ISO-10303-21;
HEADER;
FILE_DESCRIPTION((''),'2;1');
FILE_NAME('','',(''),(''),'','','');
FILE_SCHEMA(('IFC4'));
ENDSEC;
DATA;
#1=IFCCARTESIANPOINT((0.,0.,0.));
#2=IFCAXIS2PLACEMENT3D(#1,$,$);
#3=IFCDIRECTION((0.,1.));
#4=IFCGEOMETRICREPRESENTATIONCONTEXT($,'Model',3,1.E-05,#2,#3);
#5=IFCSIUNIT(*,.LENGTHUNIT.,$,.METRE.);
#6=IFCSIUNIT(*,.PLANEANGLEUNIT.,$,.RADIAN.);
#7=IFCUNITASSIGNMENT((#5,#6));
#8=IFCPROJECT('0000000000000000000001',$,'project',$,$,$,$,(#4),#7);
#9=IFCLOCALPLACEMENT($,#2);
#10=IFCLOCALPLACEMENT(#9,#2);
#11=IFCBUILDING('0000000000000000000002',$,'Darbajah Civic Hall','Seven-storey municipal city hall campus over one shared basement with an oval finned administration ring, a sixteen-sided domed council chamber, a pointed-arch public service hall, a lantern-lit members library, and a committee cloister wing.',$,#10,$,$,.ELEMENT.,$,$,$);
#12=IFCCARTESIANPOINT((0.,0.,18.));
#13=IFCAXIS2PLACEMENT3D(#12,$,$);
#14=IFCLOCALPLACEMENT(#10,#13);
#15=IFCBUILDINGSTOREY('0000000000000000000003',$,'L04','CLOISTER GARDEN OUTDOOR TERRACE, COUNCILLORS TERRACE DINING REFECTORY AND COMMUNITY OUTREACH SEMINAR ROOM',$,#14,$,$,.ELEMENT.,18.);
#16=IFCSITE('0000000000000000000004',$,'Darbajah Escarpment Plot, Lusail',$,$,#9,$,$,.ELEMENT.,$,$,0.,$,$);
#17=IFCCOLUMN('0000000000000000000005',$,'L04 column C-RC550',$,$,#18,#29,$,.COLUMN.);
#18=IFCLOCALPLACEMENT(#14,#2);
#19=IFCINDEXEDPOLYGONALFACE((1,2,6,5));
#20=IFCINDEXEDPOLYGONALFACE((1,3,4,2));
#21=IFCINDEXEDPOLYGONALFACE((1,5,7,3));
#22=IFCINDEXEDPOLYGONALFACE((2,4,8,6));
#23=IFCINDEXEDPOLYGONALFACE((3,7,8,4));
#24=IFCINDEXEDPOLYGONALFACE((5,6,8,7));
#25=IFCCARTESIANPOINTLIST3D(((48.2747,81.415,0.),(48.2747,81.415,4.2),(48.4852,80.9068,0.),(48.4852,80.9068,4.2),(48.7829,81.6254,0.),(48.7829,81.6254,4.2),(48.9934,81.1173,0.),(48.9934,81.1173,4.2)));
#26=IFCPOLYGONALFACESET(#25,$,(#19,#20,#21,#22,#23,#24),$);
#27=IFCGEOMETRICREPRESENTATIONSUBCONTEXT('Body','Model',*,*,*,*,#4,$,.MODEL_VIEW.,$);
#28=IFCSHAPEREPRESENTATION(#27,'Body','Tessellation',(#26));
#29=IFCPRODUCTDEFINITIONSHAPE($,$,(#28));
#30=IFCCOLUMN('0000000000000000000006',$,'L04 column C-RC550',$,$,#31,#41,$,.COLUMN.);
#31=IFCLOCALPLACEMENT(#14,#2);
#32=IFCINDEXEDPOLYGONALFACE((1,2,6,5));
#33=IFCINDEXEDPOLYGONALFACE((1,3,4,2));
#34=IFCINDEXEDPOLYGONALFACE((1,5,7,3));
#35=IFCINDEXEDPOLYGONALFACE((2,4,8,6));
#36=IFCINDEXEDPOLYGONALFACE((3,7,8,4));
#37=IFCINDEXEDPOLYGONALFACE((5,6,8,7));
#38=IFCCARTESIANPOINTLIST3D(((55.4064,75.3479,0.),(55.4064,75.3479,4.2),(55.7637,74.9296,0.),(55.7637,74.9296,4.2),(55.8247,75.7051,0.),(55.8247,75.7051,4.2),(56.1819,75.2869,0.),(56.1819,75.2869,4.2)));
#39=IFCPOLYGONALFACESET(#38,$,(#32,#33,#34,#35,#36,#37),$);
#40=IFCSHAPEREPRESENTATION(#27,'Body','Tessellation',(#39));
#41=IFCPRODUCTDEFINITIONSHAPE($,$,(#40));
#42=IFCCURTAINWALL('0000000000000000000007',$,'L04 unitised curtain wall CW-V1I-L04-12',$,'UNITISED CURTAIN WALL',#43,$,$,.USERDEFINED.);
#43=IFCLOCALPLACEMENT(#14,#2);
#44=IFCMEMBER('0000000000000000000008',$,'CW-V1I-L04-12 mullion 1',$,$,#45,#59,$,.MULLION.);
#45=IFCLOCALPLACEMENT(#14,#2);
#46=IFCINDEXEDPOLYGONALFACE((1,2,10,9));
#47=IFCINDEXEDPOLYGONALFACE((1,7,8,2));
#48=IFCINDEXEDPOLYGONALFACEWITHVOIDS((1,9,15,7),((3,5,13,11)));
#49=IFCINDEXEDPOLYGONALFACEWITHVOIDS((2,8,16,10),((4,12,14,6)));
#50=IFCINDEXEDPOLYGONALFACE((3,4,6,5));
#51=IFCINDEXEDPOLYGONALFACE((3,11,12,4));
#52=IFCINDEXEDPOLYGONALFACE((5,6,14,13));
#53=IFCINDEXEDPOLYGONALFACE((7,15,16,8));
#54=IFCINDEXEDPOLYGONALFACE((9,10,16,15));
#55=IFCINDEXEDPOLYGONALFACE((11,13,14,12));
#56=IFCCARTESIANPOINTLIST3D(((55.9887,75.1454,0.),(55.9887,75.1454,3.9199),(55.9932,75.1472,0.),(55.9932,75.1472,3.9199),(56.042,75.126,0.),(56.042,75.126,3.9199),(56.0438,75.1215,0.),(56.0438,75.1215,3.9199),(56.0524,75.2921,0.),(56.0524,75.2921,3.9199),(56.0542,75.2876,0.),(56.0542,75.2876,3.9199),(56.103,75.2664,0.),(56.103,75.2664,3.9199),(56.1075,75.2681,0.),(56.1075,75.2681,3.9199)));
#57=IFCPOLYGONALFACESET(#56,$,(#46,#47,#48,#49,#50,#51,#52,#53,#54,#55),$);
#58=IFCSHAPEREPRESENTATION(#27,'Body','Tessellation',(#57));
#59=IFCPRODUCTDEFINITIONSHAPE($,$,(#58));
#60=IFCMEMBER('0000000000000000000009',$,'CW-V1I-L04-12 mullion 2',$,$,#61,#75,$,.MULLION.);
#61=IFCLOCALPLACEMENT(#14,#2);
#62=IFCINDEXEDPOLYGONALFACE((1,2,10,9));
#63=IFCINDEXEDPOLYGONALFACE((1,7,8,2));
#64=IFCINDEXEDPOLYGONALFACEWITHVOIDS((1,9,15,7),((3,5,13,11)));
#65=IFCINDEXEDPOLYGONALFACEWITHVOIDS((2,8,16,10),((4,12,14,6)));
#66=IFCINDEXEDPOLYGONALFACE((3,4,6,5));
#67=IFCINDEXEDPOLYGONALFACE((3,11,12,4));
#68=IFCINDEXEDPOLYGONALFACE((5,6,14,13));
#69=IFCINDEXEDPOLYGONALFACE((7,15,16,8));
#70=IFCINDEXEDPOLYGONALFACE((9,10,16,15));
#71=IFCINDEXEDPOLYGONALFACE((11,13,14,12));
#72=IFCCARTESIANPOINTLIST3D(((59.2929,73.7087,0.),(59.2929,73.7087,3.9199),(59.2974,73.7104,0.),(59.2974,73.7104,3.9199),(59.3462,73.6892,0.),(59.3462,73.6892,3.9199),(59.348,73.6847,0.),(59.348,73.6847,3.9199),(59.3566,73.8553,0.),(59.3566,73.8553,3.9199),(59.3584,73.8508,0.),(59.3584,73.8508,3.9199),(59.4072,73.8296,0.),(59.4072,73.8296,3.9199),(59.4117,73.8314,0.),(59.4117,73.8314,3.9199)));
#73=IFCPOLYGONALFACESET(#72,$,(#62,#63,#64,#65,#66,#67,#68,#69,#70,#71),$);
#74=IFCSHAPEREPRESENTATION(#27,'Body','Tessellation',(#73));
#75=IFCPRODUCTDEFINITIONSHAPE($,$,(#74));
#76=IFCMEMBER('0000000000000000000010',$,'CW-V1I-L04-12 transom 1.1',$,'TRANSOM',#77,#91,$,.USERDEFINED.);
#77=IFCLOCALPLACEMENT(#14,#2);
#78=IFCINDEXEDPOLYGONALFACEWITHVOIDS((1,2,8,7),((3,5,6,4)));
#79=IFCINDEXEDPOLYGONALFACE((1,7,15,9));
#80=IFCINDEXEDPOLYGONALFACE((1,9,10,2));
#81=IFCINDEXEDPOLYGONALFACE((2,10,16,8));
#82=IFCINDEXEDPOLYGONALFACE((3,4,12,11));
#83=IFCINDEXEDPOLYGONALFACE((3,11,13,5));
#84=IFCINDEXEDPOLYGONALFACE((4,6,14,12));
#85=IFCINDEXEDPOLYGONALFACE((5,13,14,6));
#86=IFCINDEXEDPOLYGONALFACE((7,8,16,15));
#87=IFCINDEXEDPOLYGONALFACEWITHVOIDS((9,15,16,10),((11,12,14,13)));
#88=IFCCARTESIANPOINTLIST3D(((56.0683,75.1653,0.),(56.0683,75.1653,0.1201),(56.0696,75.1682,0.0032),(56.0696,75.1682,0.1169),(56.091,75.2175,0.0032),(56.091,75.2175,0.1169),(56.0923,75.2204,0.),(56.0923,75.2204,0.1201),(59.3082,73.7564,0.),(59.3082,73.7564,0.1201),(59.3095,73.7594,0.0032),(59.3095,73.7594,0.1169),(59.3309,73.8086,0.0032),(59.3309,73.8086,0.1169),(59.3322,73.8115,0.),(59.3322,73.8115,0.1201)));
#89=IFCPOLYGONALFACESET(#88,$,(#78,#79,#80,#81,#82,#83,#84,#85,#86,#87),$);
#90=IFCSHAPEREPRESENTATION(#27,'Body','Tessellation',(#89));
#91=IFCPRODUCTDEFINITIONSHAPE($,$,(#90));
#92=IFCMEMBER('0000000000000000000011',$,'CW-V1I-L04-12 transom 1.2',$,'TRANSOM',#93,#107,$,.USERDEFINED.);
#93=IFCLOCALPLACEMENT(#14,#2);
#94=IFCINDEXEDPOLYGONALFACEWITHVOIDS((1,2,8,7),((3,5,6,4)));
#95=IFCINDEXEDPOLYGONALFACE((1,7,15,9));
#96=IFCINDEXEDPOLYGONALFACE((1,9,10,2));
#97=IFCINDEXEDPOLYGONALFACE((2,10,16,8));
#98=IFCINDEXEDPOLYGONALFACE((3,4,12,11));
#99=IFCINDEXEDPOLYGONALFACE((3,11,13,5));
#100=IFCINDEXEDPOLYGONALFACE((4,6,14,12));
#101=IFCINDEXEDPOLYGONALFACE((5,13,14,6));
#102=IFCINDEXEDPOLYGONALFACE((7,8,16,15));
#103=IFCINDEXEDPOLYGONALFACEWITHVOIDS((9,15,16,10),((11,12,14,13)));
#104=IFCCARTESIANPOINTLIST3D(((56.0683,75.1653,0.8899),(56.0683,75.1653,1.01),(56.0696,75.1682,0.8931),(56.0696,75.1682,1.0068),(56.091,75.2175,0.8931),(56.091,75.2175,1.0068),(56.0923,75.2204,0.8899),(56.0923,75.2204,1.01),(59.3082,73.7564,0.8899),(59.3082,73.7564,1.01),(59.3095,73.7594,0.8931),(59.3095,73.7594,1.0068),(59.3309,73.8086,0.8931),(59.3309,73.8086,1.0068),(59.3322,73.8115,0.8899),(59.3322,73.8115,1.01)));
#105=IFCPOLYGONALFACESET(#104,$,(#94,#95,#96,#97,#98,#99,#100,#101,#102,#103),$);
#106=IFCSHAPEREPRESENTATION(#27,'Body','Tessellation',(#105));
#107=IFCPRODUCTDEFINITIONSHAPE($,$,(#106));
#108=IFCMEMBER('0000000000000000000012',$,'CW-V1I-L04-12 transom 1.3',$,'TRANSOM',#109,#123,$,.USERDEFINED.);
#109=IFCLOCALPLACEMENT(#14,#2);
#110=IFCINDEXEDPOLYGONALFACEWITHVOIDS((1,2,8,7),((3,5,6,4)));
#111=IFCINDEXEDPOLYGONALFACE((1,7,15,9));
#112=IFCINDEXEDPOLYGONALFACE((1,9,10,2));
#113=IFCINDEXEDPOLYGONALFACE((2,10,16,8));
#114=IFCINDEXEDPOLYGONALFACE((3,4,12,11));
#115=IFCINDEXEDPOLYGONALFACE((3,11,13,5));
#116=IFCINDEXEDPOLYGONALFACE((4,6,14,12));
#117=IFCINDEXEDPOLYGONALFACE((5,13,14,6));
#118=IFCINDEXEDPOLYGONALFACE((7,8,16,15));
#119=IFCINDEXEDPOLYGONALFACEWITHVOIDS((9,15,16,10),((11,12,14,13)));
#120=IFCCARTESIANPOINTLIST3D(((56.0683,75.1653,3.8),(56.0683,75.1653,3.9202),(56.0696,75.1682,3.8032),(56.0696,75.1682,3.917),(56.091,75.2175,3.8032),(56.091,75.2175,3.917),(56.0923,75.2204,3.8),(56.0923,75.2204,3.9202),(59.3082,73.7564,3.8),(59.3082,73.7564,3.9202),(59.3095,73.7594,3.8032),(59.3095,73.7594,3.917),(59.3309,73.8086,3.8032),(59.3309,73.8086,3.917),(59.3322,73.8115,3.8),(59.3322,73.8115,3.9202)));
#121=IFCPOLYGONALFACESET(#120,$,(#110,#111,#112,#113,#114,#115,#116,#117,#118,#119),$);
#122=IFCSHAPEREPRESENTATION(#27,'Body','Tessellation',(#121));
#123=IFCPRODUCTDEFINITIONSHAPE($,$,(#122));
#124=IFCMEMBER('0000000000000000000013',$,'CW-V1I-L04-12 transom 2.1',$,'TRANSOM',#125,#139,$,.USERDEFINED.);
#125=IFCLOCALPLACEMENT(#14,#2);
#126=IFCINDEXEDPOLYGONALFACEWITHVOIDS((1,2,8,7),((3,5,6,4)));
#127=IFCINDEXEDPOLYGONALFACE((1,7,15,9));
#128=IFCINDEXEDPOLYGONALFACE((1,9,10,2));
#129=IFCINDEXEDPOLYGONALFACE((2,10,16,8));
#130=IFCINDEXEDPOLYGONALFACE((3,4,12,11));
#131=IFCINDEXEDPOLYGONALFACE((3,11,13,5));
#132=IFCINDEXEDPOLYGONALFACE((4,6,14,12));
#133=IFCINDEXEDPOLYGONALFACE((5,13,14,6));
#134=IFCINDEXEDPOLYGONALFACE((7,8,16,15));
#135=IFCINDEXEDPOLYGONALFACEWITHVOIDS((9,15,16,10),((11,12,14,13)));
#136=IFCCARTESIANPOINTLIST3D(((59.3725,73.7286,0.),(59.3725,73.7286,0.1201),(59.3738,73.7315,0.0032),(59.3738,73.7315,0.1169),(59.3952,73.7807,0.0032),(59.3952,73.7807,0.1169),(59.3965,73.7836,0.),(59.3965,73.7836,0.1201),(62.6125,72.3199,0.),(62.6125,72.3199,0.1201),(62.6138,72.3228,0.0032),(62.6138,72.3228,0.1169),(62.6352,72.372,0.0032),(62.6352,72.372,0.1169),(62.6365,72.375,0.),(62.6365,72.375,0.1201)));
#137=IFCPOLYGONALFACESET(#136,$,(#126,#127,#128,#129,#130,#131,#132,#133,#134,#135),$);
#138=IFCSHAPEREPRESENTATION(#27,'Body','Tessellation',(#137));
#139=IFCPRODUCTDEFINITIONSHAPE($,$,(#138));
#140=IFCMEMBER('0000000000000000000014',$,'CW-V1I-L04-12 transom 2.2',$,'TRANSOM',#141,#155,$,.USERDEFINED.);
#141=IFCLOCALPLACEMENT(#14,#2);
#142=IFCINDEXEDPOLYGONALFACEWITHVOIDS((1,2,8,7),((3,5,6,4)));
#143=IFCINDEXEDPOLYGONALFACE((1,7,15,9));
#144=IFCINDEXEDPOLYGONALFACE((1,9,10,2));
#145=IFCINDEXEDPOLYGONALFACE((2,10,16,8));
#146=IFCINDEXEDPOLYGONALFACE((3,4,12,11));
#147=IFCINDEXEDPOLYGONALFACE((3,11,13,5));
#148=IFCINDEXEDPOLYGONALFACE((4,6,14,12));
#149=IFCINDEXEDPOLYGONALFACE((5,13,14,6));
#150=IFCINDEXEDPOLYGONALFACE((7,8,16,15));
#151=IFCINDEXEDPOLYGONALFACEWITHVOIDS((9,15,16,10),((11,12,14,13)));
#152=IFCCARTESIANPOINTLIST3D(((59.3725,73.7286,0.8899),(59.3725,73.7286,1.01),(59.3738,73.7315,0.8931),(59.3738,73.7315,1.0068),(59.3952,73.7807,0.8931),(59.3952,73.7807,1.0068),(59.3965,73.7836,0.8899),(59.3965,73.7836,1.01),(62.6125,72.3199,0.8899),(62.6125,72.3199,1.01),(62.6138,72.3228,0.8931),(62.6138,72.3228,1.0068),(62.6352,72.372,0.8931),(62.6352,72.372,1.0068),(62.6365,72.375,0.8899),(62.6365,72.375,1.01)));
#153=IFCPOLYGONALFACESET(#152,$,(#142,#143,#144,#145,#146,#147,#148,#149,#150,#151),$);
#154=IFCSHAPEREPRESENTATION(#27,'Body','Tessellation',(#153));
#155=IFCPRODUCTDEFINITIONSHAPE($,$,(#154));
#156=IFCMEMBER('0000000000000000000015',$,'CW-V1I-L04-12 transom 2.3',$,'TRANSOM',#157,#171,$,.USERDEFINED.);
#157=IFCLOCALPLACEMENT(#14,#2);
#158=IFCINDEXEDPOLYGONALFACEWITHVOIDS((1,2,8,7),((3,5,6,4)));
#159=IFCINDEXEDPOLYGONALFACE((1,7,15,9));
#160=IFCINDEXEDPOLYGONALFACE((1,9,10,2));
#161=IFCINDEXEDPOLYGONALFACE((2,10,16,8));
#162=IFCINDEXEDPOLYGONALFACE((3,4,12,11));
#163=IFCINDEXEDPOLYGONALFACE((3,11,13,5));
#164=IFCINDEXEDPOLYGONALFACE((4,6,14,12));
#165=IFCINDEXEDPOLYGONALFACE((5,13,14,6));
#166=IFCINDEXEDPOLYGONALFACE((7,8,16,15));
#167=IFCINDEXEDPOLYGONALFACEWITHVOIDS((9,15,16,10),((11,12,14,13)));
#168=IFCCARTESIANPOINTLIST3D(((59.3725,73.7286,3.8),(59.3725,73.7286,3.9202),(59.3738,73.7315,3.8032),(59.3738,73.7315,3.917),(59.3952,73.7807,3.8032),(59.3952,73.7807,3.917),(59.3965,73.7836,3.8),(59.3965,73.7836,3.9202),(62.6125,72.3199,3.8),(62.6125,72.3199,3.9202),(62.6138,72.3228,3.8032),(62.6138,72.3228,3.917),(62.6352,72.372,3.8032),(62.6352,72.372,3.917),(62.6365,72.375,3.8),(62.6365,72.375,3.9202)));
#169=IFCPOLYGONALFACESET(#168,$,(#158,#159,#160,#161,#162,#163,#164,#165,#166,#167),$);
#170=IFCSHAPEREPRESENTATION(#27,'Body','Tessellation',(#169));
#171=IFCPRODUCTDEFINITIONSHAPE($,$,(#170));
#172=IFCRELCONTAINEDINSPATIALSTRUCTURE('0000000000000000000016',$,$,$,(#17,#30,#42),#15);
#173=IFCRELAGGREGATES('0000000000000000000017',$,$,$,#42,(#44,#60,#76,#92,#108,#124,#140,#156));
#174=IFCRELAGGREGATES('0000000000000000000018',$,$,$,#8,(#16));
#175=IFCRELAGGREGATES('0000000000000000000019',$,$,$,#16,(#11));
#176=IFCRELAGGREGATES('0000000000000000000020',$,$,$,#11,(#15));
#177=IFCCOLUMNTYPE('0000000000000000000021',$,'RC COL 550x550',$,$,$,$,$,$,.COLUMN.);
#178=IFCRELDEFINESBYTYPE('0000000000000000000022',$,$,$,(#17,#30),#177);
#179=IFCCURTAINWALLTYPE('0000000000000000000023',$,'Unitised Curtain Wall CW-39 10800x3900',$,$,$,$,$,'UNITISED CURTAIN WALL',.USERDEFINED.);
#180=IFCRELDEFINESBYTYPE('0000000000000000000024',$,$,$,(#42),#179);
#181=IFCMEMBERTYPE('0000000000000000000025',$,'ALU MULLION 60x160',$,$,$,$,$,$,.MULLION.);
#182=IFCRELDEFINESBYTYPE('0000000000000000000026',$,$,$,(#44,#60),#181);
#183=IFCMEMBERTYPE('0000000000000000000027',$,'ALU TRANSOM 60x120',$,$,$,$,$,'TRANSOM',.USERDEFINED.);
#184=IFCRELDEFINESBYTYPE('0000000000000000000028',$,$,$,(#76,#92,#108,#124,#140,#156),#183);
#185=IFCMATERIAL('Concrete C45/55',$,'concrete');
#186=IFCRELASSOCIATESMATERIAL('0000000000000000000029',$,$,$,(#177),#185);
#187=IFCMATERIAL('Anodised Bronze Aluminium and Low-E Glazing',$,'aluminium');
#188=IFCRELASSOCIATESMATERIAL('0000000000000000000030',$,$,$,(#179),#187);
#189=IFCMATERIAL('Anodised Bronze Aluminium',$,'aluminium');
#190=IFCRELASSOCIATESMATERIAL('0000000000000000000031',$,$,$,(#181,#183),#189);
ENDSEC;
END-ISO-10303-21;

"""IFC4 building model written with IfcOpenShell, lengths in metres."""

from ifc_helpers import new_model, si_unit, direction, frame, origin, origin_2d, place, context, subcontext, project, spatial, rectangle, hollow_rectangle, extrude, material, material_profile, profile_set, type_object, element, aggregate, save


model = new_model("IFC4")

# Units and contexts
model_context = context("Model", 3, precision=1e-05, world=origin(), true_north=direction((0.0, 1.0)))
body_context = subcontext(model_context, "Body", "Model", "MODEL_VIEW")
ifc_project = project(units=[si_unit("LENGTHUNIT", "METRE"), si_unit("PLANEANGLEUNIT", "RADIAN")], contexts=[model_context])

# Site, building, storey
site_placement = place(None, origin())
site = spatial("IfcSite", under=ifc_project, at=site_placement, Name="Darbajah Escarpment Plot, Lusail", CompositionType="ELEMENT", RefElevation=0.0)
building_placement = place(site_placement, origin())
building = spatial("IfcBuilding", under=site, at=building_placement, Name="Darbajah Civic Hall", Description="Seven-storey municipal city hall campus over one shared basement with an oval finned administration ring, a sixteen-sided domed council chamber, a pointed-arch public service hall, a lantern-lit members library, and a committee cloister wing.", CompositionType="ELEMENT")
storey_placement = place(building_placement, frame((0.0, 0.0, 18.0)))
storey = spatial("IfcBuildingStorey", under=building, at=storey_placement, Name="L04", Description="CLOISTER GARDEN OUTDOOR TERRACE, COUNCILLORS TERRACE DINING REFECTORY AND COMMUNITY OUTREACH SEMINAR ROOM", CompositionType="ELEMENT", Elevation=18.0)

# Columns
ifc_material_1 = material(Name="Concrete C45/55", Category="concrete")
ifc_material_profile_1 = material_profile(ifc_material_1, rectangle(XDim=0.55, YDim=0.55, at=origin_2d()), Name="RC COL 550x550")
ifc_profile_set_1 = profile_set([ifc_material_profile_1], Name="Concrete C45/55")
column_type = type_object("IfcColumnType", Name="RC COL 550x550", PredefinedType="COLUMN", material=ifc_profile_set_1)
for number, where, z_axis, x_axis, name in (
    (1, (48.634, 81.2661, 0.0), (0.0, 0.0, 1.0), (-0.92388, -0.382683, 0.0), "L04 column C-RC550"),
    (2, (55.7942, 75.3174, 0.0), (0.0, 0.0, 1.0), (-0.760406, -0.649448, 0.0), "L04 column C-RC550"),
):
    element("IfcColumn", number, at=place(storey_placement, frame(where, z_axis=z_axis, x_axis=x_axis)), inside=storey, type_object=column_type, Name=name, PredefinedType="COLUMN", context=body_context, shape_type="SweptSolid", body=[
        extrude(rectangle(XDim=0.55, YDim=0.55, at=origin_2d()), origin(), (0.0, 0.0, 1.0), 4.2),
    ])

# Curtain wall, members
ifc_material_2 = material(Name="Anodised Bronze Aluminium and Low-E Glazing", Category="aluminium")
curtain_wall_type = type_object("IfcCurtainWallType", Name="Unitised Curtain Wall CW-39 10800x3900", ElementType="UNITISED CURTAIN WALL", PredefinedType="USERDEFINED", material=ifc_material_2)
curtain_wall_placement = place(storey_placement, origin())
curtain_wall = element("IfcCurtainWall", 3, at=curtain_wall_placement, inside=storey, type_object=curtain_wall_type, Name="L04 unitised curtain wall CW-V1I-L04-12", ObjectType="UNITISED CURTAIN WALL", PredefinedType="USERDEFINED")
ifc_material_3 = material(Name="Anodised Bronze Aluminium", Category="aluminium")
ifc_material_profile_2 = material_profile(ifc_material_3, hollow_rectangle(XDim=0.0601, YDim=0.1599, WallThickness=0.0034, at=origin_2d()), Name="ALU MULLION 60x160")
ifc_profile_set_2 = profile_set([ifc_material_profile_2], Name="Anodised Bronze Aluminium")
member_type_1 = type_object("IfcMemberType", Name="ALU MULLION 60x160", PredefinedType="MULLION", material=ifc_profile_set_2)
member_1_placement = place(storey_placement, frame((56.0481, 75.2068, 0.0), z_axis=(0.0, 0.0, 1.0), x_axis=(0.91706, -0.398749, 0.0)))
member_1 = element("IfcMember", 4, at=member_1_placement, type_object=member_type_1, Name="CW-V1I-L04-12 mullion 1", PredefinedType="MULLION", context=body_context, shape_type="SweptSolid", body=[
    extrude(hollow_rectangle(XDim=0.0601, YDim=0.1599, WallThickness=0.0034, at=origin_2d()), origin(), (0.0, 0.0, 1.0), 3.9199),
])
member_2_placement = place(storey_placement, frame((59.3523, 73.77, 0.0), z_axis=(0.0, 0.0, 1.0), x_axis=(0.91706, -0.398749, 0.0)))
member_2 = element("IfcMember", 5, at=member_2_placement, type_object=member_type_1, Name="CW-V1I-L04-12 mullion 2", PredefinedType="MULLION", context=body_context, shape_type="SweptSolid", body=[
    extrude(hollow_rectangle(XDim=0.0601, YDim=0.1599, WallThickness=0.0034, at=origin_2d()), origin(), (0.0, 0.0, 1.0), 3.9199),
])
ifc_material_profile_3 = material_profile(ifc_material_3, hollow_rectangle(XDim=0.0601, YDim=0.1201, WallThickness=0.0032, at=origin_2d()), Name="ALU TRANSOM 60x120")
ifc_profile_set_3 = profile_set([ifc_material_profile_3], Name="Anodised Bronze Aluminium")
member_type_2 = type_object("IfcMemberType", Name="ALU TRANSOM 60x120", ElementType="TRANSOM", PredefinedType="USERDEFINED", material=ifc_profile_set_3)
member_3_placement = place(storey_placement, frame((56.0803, 75.1929, 0.0601), z_axis=(0.917045, -0.398784, 0.0), x_axis=(0.398784, 0.917045, 0.0)))
member_3 = element("IfcMember", 6, at=member_3_placement, type_object=member_type_2, Name="CW-V1I-L04-12 transom 1.1", ObjectType="TRANSOM", PredefinedType="USERDEFINED", context=body_context, shape_type="SweptSolid", body=[
    extrude(hollow_rectangle(XDim=0.0601, YDim=0.1201, WallThickness=0.0032, at=origin_2d()), origin(), (0.0, 0.0, 1.0), 3.533),
])
member_4_placement = place(storey_placement, frame((56.0803, 75.1929, 0.95), z_axis=(0.917045, -0.398784, 0.0), x_axis=(0.398784, 0.917045, 0.0)))
member_4 = element("IfcMember", 7, at=member_4_placement, type_object=member_type_2, Name="CW-V1I-L04-12 transom 1.2", ObjectType="TRANSOM", PredefinedType="USERDEFINED", context=body_context, shape_type="SweptSolid", body=[
    extrude(hollow_rectangle(XDim=0.0601, YDim=0.1201, WallThickness=0.0032, at=origin_2d()), origin(), (0.0, 0.0, 1.0), 3.533),
])
member_5_placement = place(storey_placement, frame((56.0803, 75.1929, 3.8601), z_axis=(0.917045, -0.398784, 0.0), x_axis=(0.398784, 0.917045, 0.0)))
member_5 = element("IfcMember", 8, at=member_5_placement, type_object=member_type_2, Name="CW-V1I-L04-12 transom 1.3", ObjectType="TRANSOM", PredefinedType="USERDEFINED", context=body_context, shape_type="SweptSolid", body=[
    extrude(hollow_rectangle(XDim=0.0601, YDim=0.1201, WallThickness=0.0032, at=origin_2d()), origin(), (0.0, 0.0, 1.0), 3.533),
])
member_6_placement = place(storey_placement, frame((59.3845, 73.7561, 0.0601), z_axis=(0.91707, -0.398726, 0.0), x_axis=(0.398726, 0.91707, 0.0)))
member_6 = element("IfcMember", 9, at=member_6_placement, type_object=member_type_2, Name="CW-V1I-L04-12 transom 2.1", ObjectType="TRANSOM", PredefinedType="USERDEFINED", context=body_context, shape_type="SweptSolid", body=[
    extrude(hollow_rectangle(XDim=0.0601, YDim=0.1201, WallThickness=0.0032, at=origin_2d()), origin(), (0.0, 0.0, 1.0), 3.533),
])
member_7_placement = place(storey_placement, frame((59.3845, 73.7561, 0.95), z_axis=(0.91707, -0.398726, 0.0), x_axis=(0.398726, 0.91707, 0.0)))
member_7 = element("IfcMember", 10, at=member_7_placement, type_object=member_type_2, Name="CW-V1I-L04-12 transom 2.2", ObjectType="TRANSOM", PredefinedType="USERDEFINED", context=body_context, shape_type="SweptSolid", body=[
    extrude(hollow_rectangle(XDim=0.0601, YDim=0.1201, WallThickness=0.0032, at=origin_2d()), origin(), (0.0, 0.0, 1.0), 3.533),
])
member_8_placement = place(storey_placement, frame((59.3845, 73.7561, 3.8601), z_axis=(0.91707, -0.398726, 0.0), x_axis=(0.398726, 0.91707, 0.0)))
member_8 = element("IfcMember", 11, at=member_8_placement, type_object=member_type_2, Name="CW-V1I-L04-12 transom 2.3", ObjectType="TRANSOM", PredefinedType="USERDEFINED", context=body_context, shape_type="SweptSolid", body=[
    extrude(hollow_rectangle(XDim=0.0601, YDim=0.1201, WallThickness=0.0032, at=origin_2d()), origin(), (0.0, 0.0, 1.0), 3.533),
])

aggregate(curtain_wall, [member_1, member_2, member_3, member_4, member_5, member_6, member_7, member_8])

save(model, "model.ifc")
